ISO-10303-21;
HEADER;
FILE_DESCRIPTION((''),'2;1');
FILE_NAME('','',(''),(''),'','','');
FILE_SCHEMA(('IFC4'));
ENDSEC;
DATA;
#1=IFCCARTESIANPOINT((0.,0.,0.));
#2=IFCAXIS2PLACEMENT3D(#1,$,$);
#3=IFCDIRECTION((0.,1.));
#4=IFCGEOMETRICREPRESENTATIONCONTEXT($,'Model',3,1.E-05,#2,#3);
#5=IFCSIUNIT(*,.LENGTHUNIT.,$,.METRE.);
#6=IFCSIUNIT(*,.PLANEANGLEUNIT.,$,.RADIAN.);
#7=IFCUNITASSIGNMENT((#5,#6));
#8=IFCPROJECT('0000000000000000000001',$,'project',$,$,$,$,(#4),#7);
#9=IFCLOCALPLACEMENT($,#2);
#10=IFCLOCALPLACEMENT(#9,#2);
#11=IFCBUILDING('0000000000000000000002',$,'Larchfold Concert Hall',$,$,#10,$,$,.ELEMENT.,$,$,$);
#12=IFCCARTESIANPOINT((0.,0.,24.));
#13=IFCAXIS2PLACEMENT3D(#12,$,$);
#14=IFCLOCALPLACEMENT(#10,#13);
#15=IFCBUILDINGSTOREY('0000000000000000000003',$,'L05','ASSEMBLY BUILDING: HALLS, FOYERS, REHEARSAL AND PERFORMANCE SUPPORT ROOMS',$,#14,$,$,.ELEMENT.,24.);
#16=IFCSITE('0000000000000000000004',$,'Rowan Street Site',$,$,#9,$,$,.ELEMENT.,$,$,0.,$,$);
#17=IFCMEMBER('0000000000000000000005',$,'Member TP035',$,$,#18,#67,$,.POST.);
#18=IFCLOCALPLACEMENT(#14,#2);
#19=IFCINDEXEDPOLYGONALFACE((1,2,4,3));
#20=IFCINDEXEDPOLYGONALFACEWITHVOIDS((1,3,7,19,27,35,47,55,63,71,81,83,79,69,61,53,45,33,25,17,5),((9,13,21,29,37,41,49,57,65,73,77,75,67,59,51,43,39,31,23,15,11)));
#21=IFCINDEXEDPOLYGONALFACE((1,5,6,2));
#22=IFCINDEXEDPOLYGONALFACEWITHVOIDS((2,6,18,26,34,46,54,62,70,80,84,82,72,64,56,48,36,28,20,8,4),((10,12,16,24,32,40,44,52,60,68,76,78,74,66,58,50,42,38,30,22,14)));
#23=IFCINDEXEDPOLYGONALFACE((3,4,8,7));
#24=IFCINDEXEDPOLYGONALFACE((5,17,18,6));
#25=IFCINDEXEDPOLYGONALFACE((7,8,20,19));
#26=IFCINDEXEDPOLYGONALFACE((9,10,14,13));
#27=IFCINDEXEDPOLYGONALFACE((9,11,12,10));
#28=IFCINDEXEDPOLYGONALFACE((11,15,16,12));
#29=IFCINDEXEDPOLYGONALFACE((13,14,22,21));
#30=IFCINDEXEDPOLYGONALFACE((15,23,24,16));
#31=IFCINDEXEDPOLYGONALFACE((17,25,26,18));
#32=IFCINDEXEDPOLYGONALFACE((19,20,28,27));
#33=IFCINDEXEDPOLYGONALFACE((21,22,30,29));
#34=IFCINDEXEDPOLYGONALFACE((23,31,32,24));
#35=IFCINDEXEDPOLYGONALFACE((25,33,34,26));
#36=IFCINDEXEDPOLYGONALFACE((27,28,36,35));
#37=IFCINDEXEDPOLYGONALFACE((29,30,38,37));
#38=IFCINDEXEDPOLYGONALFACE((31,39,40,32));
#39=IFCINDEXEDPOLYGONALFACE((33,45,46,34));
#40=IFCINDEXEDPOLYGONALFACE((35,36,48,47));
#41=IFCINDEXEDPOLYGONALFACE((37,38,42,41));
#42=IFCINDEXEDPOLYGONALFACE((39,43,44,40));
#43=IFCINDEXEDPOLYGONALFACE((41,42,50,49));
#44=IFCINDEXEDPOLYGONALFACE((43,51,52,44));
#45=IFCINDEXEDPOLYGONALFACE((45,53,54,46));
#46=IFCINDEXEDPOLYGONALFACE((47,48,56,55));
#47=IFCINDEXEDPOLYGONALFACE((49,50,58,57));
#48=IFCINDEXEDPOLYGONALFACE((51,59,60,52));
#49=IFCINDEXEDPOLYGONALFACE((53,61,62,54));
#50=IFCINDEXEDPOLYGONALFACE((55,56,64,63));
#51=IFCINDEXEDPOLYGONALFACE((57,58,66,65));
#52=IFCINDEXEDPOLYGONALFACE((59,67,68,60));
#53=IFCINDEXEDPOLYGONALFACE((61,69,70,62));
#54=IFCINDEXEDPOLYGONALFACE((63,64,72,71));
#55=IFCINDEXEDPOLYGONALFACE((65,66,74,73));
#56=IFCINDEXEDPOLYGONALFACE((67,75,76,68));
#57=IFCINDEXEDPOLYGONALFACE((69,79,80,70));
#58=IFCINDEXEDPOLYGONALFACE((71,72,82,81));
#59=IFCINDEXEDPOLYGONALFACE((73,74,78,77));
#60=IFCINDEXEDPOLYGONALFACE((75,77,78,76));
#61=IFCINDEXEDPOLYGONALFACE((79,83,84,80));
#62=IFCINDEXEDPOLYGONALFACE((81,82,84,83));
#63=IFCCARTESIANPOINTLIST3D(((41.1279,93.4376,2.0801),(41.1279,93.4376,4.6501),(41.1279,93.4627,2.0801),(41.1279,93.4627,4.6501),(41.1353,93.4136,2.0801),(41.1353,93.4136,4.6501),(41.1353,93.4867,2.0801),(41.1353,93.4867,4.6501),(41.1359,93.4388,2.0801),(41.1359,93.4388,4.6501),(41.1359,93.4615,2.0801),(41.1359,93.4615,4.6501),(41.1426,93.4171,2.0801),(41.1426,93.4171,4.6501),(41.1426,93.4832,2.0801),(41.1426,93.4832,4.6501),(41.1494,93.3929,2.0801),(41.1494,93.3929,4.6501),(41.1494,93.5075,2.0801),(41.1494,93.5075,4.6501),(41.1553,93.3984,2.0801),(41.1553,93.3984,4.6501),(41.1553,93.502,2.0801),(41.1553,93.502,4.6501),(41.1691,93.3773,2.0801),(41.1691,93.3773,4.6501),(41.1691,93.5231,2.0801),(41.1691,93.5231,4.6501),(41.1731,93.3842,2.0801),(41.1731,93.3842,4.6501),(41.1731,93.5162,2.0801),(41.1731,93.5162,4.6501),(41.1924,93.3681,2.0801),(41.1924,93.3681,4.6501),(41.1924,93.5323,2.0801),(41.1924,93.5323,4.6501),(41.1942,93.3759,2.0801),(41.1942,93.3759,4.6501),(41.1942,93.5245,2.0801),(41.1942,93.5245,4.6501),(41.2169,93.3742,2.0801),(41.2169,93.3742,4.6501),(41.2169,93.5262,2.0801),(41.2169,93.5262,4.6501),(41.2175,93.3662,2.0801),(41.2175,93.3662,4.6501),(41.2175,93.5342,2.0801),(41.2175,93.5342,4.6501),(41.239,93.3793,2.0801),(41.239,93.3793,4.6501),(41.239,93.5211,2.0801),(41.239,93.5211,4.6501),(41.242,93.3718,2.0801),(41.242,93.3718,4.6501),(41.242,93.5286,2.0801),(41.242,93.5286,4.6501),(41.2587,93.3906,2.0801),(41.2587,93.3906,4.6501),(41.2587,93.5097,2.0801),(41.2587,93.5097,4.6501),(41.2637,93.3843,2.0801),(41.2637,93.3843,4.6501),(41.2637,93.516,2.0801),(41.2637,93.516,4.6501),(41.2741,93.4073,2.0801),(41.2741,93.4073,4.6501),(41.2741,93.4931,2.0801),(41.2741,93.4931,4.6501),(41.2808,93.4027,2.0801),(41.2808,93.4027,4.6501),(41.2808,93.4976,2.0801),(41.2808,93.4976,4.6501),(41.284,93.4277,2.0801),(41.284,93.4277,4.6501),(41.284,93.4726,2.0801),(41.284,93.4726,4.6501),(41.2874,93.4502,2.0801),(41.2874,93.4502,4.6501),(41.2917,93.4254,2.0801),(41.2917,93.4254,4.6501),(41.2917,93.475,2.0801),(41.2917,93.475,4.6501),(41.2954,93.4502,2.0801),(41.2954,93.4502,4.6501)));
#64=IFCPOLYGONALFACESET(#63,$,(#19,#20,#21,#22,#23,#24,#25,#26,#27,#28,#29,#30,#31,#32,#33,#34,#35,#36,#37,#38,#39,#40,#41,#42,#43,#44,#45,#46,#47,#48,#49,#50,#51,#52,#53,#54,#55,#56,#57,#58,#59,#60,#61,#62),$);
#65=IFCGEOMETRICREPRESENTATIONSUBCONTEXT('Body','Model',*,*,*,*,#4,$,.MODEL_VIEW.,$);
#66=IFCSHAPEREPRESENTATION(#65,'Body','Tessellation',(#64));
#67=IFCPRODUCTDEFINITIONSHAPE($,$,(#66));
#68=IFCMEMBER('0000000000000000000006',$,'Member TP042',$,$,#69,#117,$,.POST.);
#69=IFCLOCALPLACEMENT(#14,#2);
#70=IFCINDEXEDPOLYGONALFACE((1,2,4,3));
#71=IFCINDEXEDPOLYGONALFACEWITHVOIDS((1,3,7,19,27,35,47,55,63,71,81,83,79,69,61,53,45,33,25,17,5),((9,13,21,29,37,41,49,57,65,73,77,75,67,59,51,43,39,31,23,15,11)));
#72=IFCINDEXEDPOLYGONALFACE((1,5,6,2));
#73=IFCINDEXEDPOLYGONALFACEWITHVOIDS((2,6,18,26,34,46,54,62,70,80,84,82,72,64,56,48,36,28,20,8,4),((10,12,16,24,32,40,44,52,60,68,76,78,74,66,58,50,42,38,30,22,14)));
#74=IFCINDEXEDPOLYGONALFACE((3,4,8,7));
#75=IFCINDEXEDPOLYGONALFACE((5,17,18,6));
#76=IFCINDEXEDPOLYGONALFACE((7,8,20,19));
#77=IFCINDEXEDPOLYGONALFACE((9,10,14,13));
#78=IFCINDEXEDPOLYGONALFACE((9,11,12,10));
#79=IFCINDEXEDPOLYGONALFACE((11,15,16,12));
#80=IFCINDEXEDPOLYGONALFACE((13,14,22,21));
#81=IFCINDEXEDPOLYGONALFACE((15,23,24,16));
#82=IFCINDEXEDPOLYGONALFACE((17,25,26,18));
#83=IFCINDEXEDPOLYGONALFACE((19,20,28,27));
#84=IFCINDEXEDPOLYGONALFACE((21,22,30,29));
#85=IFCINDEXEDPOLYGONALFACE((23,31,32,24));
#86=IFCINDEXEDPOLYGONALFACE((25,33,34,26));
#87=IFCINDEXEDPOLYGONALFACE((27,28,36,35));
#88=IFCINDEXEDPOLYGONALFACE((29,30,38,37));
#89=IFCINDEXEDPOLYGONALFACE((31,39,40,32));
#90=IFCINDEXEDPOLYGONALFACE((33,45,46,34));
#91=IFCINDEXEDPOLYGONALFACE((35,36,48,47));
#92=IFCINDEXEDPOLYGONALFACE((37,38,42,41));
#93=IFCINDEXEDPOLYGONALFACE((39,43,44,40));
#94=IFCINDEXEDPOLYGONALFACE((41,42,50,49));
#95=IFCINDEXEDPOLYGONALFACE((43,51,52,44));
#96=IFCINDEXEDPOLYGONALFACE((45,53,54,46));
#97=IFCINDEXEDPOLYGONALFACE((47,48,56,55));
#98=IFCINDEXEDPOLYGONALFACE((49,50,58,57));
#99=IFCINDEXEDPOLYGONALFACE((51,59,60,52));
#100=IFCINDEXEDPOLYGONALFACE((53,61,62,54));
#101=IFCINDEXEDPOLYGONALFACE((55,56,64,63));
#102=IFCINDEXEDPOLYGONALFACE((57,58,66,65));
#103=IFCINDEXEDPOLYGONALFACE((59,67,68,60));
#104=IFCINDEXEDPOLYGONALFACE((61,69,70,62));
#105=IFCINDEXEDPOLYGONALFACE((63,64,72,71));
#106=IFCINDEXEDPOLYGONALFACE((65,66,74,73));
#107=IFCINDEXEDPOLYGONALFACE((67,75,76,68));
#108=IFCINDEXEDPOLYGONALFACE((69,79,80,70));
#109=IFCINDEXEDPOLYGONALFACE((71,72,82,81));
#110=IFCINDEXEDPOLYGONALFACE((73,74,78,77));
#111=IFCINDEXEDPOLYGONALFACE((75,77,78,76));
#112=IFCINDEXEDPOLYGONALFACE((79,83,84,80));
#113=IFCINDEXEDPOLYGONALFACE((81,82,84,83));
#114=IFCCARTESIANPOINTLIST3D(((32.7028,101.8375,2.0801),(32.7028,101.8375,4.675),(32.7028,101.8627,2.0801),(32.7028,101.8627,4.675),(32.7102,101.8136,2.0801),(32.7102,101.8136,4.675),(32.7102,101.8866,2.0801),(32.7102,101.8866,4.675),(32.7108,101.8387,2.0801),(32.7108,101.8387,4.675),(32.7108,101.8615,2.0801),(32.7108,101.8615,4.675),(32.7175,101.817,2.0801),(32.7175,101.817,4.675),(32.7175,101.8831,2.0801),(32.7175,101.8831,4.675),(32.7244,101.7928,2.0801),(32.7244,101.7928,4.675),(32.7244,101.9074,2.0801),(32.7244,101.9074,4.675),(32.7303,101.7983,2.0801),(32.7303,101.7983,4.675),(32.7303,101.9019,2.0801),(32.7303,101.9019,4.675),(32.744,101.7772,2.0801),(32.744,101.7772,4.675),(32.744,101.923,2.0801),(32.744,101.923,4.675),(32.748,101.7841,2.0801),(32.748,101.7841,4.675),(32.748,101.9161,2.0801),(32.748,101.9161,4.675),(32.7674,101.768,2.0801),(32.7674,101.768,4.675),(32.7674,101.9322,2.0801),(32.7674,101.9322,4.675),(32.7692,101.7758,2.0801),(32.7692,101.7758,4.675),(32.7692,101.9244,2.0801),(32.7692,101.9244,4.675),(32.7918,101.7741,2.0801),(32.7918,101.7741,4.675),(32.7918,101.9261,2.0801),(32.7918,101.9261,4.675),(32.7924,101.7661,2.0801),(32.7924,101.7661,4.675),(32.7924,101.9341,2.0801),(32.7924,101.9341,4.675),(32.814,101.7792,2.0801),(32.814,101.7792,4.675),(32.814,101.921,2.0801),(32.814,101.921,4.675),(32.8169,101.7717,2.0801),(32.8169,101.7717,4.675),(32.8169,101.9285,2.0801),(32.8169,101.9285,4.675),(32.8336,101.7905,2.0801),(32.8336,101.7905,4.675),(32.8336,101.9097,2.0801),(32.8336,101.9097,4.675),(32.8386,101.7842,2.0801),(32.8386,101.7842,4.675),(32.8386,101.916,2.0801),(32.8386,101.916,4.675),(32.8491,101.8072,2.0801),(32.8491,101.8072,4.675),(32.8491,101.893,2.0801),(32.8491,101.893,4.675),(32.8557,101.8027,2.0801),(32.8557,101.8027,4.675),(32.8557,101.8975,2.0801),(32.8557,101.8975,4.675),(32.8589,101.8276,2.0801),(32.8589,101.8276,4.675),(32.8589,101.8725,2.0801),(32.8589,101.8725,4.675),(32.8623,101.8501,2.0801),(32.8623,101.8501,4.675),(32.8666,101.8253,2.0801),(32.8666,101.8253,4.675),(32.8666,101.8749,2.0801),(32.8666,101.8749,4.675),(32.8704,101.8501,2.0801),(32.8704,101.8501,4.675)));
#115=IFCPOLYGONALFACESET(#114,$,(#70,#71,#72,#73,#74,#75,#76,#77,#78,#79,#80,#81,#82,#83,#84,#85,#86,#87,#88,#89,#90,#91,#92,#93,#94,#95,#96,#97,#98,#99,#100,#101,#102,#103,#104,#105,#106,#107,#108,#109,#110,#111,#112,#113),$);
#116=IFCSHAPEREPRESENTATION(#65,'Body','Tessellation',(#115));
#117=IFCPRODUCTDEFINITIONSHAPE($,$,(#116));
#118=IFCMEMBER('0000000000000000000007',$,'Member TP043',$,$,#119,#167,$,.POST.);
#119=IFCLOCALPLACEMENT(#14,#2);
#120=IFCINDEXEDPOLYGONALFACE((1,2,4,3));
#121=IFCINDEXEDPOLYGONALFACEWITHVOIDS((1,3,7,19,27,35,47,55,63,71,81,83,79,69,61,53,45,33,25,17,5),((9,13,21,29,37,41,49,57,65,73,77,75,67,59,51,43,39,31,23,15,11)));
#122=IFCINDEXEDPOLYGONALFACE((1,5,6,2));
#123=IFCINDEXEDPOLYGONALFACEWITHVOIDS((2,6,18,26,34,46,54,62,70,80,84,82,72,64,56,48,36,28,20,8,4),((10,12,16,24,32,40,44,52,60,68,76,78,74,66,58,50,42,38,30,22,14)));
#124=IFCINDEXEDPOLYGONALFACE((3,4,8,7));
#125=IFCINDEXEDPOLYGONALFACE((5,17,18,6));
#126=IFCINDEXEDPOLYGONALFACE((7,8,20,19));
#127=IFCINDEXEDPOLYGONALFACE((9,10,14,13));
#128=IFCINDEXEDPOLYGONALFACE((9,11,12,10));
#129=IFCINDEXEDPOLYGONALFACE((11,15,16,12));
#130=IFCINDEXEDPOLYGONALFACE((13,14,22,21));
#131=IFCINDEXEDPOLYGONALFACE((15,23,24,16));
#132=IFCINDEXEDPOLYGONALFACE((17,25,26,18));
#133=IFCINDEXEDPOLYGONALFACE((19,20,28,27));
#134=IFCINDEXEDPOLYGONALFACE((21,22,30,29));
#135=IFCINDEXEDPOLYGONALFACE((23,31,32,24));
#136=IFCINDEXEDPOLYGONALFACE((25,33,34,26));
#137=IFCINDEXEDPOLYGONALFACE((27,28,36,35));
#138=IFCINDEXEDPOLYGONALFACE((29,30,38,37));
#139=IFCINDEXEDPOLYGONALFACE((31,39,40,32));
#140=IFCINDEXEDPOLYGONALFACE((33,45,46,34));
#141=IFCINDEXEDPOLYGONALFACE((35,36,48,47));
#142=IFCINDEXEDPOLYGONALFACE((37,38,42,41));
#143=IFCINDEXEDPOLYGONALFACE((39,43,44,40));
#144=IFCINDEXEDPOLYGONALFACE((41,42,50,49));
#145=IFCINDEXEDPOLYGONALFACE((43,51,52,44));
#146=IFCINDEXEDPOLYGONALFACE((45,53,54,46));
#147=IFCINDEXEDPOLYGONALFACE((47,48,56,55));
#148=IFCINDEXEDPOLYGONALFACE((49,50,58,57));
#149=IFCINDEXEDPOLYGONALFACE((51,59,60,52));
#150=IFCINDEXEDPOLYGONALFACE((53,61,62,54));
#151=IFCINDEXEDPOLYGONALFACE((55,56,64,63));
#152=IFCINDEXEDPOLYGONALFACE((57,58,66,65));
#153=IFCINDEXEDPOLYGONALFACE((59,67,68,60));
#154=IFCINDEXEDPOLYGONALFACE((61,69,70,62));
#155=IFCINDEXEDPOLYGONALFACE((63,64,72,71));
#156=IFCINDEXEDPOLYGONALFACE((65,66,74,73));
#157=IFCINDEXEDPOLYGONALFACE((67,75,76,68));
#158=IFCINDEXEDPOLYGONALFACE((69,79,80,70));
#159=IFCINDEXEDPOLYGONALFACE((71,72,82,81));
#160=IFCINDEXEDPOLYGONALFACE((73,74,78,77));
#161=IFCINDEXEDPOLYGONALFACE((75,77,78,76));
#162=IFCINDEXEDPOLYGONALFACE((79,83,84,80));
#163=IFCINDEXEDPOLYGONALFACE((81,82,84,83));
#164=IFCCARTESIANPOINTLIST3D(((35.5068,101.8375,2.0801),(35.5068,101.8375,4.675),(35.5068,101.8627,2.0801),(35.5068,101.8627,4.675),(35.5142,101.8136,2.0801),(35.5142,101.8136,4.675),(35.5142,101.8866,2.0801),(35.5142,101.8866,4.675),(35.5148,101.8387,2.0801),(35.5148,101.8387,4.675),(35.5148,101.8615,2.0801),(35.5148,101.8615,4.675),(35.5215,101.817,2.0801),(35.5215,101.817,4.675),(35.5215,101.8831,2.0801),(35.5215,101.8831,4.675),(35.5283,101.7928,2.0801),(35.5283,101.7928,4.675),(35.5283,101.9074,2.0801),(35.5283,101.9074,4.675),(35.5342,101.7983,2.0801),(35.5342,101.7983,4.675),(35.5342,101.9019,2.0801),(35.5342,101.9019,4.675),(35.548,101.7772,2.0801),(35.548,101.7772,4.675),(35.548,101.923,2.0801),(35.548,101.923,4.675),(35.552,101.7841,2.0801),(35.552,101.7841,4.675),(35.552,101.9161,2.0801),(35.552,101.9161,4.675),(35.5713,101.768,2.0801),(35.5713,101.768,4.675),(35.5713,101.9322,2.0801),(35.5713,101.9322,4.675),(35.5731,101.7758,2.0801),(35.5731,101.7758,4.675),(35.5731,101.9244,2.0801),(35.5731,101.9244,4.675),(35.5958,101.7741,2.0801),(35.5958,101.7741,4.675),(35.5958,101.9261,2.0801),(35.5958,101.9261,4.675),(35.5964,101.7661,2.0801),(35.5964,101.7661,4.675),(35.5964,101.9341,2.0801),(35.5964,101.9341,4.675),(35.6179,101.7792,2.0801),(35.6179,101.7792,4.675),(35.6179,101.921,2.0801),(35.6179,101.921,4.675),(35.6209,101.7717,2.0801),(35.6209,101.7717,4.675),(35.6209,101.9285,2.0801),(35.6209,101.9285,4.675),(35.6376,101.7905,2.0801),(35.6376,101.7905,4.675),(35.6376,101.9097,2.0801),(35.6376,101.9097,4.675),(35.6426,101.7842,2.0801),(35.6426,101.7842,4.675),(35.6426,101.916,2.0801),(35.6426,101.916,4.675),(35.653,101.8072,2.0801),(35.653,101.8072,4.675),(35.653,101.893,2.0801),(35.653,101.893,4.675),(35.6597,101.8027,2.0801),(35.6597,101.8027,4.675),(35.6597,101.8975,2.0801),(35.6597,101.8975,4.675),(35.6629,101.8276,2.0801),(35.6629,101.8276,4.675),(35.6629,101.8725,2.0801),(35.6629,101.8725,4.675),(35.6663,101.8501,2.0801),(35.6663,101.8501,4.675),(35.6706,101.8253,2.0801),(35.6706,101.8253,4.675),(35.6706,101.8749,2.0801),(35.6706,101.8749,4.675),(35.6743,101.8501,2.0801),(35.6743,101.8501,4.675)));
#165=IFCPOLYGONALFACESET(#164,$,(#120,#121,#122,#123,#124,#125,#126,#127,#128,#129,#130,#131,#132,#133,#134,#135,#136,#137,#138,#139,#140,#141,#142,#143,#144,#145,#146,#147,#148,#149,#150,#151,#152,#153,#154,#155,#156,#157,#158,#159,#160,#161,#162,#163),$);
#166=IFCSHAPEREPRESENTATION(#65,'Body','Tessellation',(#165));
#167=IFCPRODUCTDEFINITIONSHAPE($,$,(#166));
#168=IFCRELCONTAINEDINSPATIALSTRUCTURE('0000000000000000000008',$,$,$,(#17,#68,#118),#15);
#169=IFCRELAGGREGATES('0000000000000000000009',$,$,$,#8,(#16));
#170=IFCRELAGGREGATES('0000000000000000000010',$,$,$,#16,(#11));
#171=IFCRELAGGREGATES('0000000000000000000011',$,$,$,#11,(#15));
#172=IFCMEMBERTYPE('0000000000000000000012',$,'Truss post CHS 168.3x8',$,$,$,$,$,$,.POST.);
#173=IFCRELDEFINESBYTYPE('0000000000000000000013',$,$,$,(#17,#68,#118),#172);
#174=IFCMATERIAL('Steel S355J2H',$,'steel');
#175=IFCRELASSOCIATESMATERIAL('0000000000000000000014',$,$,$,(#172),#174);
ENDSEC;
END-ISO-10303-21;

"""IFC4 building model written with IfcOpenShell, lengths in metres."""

from ifc_helpers import new_model, si_unit, direction, frame, origin, origin_2d, place, context, subcontext, project, spatial, hollow_circle, extrude, material, material_profile, profile_set, type_object, element, save


model = new_model("IFC4")

# Units and contexts
model_context = context("Model", 3, precision=1e-05, world=origin(), true_north=direction((0.0, 1.0)))
body_context = subcontext(model_context, "Body", "Model", "MODEL_VIEW")
ifc_project = project(units=[si_unit("LENGTHUNIT", "METRE"), si_unit("PLANEANGLEUNIT", "RADIAN")], contexts=[model_context])

# Site, building, storey
site_placement = place(None, origin())
site = spatial("IfcSite", under=ifc_project, at=site_placement, Name="Rowan Street Site", CompositionType="ELEMENT", RefElevation=0.0)
building_placement = place(site_placement, origin())
building = spatial("IfcBuilding", under=site, at=building_placement, Name="Larchfold Concert Hall", CompositionType="ELEMENT")
storey_placement = place(building_placement, frame((0.0, 0.0, 24.0)))
storey = spatial("IfcBuildingStorey", under=building, at=storey_placement, Name="L05", Description="ASSEMBLY BUILDING: HALLS, FOYERS, REHEARSAL AND PERFORMANCE SUPPORT ROOMS", CompositionType="ELEMENT", Elevation=24.0)

# Members
ifc_material_1 = material(Name="Steel S355J2H", Category="steel")
ifc_material_profile_1 = material_profile(ifc_material_1, hollow_circle(Radius=0.0842, WallThickness=0.0081, at=origin_2d()))
ifc_profile_set_1 = profile_set([ifc_material_profile_1], Name="Steel S355J2H")
member_type = type_object("IfcMemberType", Name="Truss post CHS 168.3x8", PredefinedType="POST", material=ifc_profile_set_1)
for number, where, z_axis, x_axis, name in (
    (1, (41.2112, 93.4502, 2.0801), (0.0, 0.0, 1.0), (1.0, 0.0, 0.0), "Member TP035"),
):
    element("IfcMember", number, at=place(storey_placement, frame(where, z_axis=z_axis, x_axis=x_axis)), inside=storey, type_object=member_type, Name=name, PredefinedType="POST", context=body_context, shape_type="SweptSolid", body=[
        extrude(hollow_circle(Radius=0.0842, WallThickness=0.0081, at=origin_2d()), origin(), (0.0, 0.0, 1.0), 2.5701),
    ])
for number, where, z_axis, x_axis, name in (
    (2, (32.7861, 101.8501, 2.0801), (0.0, 0.0, 1.0), (1.0, 0.0, 0.0), "Member TP042"),
    (3, (35.5901, 101.8501, 2.0801), (0.0, 0.0, 1.0), (1.0, 0.0, 0.0), "Member TP043"),
):
    element("IfcMember", number, at=place(storey_placement, frame(where, z_axis=z_axis, x_axis=x_axis)), inside=storey, type_object=member_type, Name=name, PredefinedType="POST", context=body_context, shape_type="SweptSolid", body=[
        extrude(hollow_circle(Radius=0.0842, WallThickness=0.0081, at=origin_2d()), origin(), (0.0, 0.0, 1.0), 2.595),
    ])

save(model, "model.ifc")
